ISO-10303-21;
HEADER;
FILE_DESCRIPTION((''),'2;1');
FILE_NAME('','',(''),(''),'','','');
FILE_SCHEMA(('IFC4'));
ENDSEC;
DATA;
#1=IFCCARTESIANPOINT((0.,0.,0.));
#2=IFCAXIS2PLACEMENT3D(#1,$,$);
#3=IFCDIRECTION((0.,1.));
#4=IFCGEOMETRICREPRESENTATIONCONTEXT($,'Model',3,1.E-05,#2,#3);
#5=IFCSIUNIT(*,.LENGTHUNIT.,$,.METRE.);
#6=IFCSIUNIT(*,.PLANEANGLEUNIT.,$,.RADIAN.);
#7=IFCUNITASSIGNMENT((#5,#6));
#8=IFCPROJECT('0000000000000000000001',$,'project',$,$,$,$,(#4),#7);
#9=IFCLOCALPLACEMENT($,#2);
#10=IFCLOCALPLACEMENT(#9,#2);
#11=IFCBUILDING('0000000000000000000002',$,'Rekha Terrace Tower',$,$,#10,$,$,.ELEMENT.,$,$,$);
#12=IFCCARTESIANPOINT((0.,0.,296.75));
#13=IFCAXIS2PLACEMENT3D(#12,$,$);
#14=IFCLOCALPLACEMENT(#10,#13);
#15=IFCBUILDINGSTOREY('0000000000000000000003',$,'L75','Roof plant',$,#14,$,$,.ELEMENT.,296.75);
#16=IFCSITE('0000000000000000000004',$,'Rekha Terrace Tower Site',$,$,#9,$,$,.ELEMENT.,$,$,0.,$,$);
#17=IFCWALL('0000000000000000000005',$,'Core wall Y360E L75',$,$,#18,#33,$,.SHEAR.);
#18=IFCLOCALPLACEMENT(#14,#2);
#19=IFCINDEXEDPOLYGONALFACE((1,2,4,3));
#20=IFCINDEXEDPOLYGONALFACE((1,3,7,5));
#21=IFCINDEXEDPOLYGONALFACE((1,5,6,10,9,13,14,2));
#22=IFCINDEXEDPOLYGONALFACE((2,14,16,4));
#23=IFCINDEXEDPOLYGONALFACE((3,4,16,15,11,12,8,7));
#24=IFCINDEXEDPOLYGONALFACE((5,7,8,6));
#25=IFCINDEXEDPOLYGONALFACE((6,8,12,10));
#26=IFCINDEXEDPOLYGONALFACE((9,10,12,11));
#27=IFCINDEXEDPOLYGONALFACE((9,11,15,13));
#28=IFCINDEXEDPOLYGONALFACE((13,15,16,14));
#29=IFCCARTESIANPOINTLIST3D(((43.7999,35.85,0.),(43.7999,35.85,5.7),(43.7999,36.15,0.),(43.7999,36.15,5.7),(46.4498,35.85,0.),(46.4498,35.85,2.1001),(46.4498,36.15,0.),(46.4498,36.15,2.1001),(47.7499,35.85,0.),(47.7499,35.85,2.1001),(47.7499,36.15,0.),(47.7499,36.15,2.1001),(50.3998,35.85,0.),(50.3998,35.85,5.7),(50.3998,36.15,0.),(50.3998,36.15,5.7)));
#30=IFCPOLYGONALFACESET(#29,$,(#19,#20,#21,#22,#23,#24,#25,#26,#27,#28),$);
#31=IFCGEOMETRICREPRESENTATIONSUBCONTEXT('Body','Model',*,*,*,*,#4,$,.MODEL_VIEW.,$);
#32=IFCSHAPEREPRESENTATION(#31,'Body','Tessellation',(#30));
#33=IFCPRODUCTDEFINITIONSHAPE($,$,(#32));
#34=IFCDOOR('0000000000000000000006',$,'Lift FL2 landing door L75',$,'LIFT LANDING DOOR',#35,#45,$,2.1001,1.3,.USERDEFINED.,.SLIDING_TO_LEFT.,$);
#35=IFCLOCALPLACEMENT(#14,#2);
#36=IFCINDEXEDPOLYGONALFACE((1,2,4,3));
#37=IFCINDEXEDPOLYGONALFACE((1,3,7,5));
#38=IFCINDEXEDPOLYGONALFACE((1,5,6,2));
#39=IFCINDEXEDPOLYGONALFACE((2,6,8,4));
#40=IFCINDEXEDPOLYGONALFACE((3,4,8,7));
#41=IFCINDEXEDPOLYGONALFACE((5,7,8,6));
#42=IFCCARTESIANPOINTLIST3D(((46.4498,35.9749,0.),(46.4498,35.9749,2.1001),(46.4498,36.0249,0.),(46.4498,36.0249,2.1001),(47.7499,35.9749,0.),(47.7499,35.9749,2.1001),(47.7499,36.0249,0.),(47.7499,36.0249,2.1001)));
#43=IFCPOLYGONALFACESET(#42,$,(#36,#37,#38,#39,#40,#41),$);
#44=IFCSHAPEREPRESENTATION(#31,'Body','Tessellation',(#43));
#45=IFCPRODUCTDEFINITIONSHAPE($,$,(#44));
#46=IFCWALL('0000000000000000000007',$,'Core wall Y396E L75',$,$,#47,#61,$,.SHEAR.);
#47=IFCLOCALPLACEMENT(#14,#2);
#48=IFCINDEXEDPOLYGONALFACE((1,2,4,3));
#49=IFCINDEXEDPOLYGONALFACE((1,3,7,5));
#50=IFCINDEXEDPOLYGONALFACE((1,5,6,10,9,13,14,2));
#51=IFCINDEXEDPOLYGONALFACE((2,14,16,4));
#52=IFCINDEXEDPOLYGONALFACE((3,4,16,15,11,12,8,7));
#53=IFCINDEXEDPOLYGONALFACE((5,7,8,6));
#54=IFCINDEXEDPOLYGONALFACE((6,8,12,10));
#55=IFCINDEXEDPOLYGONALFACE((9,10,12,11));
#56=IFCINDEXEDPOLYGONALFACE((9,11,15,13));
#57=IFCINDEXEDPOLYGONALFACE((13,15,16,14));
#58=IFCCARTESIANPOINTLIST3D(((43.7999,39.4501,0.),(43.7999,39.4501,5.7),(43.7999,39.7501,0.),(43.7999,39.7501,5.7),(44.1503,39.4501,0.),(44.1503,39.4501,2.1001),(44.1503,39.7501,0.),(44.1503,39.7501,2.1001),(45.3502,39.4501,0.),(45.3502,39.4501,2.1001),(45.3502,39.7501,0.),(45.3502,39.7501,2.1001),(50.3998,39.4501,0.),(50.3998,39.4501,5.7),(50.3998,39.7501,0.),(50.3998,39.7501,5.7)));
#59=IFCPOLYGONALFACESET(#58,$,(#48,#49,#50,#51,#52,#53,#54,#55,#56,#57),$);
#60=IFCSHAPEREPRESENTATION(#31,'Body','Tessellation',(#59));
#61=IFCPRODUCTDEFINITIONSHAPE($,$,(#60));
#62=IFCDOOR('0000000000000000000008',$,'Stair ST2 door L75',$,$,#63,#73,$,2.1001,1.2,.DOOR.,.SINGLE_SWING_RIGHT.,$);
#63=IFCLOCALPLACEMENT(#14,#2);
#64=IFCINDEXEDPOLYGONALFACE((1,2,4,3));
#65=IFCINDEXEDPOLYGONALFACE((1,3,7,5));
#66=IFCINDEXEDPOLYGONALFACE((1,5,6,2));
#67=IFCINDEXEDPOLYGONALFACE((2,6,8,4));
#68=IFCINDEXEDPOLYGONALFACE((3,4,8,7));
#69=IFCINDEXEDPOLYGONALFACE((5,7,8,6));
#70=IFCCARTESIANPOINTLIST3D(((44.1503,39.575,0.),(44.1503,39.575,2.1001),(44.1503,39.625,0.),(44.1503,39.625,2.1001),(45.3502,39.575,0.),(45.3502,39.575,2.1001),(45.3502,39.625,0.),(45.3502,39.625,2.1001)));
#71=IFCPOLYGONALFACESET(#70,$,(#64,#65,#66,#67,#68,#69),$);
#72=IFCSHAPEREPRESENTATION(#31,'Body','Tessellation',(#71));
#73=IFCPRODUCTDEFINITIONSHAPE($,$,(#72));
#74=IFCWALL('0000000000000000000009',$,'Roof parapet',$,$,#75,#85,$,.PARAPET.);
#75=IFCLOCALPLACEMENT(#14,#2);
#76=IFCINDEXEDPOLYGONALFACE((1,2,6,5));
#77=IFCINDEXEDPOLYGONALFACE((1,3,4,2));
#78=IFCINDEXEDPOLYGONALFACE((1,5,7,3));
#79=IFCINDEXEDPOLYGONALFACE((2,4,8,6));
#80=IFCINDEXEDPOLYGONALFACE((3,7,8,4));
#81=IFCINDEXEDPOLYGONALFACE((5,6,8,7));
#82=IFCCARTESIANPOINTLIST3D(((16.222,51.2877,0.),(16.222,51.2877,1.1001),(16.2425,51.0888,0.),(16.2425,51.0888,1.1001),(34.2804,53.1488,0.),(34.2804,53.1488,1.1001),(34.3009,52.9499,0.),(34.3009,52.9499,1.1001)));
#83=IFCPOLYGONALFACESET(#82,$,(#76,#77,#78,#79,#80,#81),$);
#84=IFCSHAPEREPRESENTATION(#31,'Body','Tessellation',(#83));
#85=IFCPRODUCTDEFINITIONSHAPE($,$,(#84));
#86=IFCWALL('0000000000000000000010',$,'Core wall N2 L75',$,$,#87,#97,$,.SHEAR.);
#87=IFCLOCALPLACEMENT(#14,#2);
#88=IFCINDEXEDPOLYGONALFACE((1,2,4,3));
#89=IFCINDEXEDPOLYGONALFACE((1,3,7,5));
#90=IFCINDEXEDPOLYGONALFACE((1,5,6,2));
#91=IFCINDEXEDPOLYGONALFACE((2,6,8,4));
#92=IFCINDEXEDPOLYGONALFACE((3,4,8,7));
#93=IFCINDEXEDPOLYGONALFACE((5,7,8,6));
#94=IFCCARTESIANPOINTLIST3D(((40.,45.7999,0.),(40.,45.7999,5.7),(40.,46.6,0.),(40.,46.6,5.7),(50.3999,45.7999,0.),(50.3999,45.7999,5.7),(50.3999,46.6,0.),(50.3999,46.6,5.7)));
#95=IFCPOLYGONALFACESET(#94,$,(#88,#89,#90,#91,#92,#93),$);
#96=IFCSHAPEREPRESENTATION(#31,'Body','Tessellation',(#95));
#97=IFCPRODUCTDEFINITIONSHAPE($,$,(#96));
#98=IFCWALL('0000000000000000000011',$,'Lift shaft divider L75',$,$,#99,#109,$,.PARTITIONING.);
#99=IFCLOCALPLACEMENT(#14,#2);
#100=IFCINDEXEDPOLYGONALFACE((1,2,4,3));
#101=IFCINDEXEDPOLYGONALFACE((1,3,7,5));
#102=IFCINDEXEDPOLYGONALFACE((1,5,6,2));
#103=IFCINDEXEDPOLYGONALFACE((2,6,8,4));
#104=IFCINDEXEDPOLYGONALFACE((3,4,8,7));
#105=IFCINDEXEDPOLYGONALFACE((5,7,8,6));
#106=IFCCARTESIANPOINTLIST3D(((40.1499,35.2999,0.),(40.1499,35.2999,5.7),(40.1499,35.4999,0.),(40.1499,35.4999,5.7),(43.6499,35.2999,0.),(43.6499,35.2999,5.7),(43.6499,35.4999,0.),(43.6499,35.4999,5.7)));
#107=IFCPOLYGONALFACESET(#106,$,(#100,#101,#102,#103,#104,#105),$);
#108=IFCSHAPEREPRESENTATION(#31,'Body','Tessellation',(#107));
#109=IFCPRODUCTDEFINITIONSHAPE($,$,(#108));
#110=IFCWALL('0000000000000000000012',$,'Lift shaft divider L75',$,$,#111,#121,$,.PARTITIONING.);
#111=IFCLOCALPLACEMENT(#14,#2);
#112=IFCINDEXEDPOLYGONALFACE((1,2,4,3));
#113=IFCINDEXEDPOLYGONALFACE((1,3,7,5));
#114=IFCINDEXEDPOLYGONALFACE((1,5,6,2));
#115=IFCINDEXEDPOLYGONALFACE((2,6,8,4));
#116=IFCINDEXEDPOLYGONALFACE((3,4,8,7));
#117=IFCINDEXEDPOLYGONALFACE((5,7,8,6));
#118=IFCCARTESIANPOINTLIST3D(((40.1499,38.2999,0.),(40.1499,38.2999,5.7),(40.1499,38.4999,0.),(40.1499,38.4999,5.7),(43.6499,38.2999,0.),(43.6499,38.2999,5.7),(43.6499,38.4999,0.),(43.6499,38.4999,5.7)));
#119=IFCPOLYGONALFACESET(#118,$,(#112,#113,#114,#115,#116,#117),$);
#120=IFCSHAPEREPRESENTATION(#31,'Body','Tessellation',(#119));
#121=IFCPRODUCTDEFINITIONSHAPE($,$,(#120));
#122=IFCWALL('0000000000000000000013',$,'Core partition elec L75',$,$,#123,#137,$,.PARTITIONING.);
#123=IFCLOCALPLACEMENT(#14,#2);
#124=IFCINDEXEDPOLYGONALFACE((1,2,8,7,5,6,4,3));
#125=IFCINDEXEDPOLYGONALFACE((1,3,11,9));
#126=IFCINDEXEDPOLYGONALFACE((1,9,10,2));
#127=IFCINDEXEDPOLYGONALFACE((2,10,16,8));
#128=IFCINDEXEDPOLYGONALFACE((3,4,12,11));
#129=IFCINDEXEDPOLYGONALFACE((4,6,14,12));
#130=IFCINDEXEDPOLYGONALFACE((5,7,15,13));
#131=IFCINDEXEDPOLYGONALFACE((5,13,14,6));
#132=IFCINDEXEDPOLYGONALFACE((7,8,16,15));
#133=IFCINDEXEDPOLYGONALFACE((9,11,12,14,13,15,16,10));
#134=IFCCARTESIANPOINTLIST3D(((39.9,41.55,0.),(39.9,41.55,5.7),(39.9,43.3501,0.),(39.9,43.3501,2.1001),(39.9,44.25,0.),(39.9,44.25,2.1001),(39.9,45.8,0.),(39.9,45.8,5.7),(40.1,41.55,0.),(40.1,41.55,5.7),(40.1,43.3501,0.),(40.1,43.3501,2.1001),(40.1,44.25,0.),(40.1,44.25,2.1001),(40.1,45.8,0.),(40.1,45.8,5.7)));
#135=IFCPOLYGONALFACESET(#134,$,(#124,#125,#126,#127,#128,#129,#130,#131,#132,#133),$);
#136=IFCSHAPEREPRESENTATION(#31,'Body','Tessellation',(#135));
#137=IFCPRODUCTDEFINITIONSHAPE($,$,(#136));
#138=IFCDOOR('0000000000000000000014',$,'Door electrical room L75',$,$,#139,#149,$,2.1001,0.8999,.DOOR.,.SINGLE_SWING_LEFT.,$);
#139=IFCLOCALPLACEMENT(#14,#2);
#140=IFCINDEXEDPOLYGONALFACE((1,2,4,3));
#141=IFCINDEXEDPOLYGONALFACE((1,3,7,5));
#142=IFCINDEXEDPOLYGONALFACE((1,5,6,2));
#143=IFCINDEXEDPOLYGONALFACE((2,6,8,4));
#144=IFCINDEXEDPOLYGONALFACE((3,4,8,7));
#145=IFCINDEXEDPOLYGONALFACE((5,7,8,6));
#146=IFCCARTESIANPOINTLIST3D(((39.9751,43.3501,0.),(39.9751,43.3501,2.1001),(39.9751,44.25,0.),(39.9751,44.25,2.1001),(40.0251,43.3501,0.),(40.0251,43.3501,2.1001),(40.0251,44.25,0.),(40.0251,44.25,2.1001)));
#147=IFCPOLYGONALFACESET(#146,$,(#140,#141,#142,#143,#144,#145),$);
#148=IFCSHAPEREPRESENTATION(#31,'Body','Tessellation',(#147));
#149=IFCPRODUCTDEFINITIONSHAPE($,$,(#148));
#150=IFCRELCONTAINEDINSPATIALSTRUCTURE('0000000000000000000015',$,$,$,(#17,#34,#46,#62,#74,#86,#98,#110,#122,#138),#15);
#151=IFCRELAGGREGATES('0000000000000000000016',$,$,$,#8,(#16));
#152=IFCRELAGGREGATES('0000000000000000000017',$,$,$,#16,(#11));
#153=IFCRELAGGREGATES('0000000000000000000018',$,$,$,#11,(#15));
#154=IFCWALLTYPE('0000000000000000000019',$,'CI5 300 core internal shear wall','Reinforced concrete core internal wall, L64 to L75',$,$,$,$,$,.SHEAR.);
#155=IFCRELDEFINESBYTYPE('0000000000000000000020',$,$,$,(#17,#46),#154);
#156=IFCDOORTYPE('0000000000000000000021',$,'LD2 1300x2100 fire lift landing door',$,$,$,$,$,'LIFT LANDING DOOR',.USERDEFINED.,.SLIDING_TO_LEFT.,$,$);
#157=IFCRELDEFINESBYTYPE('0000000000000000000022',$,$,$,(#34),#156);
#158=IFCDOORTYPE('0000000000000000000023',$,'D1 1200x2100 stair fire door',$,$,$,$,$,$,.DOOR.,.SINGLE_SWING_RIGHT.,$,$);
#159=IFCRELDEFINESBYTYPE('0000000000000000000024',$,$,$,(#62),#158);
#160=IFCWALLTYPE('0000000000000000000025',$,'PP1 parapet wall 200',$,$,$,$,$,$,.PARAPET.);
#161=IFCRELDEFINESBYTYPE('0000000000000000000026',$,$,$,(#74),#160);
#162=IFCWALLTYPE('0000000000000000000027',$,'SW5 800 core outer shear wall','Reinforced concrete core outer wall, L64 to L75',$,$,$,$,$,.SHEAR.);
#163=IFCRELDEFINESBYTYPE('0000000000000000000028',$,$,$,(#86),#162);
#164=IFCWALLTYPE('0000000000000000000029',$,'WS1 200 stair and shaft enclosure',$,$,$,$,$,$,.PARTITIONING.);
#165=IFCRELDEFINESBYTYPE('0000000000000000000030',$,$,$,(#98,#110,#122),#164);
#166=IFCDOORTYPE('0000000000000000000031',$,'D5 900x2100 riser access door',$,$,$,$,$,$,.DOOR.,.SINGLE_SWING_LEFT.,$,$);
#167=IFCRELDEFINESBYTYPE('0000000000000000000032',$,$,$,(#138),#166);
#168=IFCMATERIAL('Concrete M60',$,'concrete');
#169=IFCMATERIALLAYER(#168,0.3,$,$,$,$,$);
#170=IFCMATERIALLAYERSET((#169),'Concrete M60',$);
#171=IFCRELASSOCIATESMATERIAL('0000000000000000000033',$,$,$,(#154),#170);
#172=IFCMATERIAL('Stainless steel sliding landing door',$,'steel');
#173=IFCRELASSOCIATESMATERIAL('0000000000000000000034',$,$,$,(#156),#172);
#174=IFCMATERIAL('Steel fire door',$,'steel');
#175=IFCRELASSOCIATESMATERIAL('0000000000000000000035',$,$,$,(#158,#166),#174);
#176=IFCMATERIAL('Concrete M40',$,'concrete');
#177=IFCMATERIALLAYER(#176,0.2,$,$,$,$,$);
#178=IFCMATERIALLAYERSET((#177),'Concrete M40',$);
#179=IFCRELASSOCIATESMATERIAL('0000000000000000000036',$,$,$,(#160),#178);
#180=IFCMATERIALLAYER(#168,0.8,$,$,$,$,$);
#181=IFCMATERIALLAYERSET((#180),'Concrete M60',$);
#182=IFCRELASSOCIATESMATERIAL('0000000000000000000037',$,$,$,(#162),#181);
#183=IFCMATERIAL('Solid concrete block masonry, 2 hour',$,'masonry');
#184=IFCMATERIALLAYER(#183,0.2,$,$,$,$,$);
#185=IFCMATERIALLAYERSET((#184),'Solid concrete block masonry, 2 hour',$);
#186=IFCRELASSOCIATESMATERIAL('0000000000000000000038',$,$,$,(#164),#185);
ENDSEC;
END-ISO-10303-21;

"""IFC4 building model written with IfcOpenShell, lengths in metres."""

from ifc_helpers import new_model, si_unit, direction, frame, frame_2d, origin, place, context, subcontext, project, spatial, rectangle, extrude, material, layer, layer_set, type_object, element, fill, save


model = new_model("IFC4")

# Units and contexts
model_context = context("Model", 3, precision=1e-05, world=origin(), true_north=direction((0.0, 1.0)))
body_context = subcontext(model_context, "Body", "Model", "MODEL_VIEW")
ifc_project = project(units=[si_unit("LENGTHUNIT", "METRE"), si_unit("PLANEANGLEUNIT", "RADIAN")], contexts=[model_context])

# Site, building, storey
site_placement = place(None, origin())
site = spatial("IfcSite", under=ifc_project, at=site_placement, Name="Rekha Terrace Tower Site", CompositionType="ELEMENT", RefElevation=0.0)
building_placement = place(site_placement, origin())
building = spatial("IfcBuilding", under=site, at=building_placement, Name="Rekha Terrace Tower", CompositionType="ELEMENT")
storey_placement = place(building_placement, frame((0.0, 0.0, 296.75)))
storey = spatial("IfcBuildingStorey", under=building, at=storey_placement, Name="L75", Description="Roof plant", CompositionType="ELEMENT", Elevation=296.75)

# Shared definitions
ifc_material_1 = material(Name="Concrete M60", Category="concrete")

# Shared definitions
ifc_layer_1 = layer(ifc_material_1, 0.3)
ifc_layer_set_1 = layer_set([ifc_layer_1], Name="Concrete M60")
wall_type_1 = type_object("IfcWallType", Name="CI5 300 core internal shear wall", Description="Reinforced concrete core internal wall, L64 to L75", PredefinedType="SHEAR", material=ifc_layer_set_1)

# Walls, openings, doors
wall_1_placement = place(storey_placement, frame((43.8, 36.0, 0.0), z_axis=(0.0, 0.0, 1.0), x_axis=(1.0, 0.0, 0.0)))
wall_1 = element("IfcWall", 1, at=wall_1_placement, inside=storey, type_object=wall_type_1, Name="Core wall Y360E L75", PredefinedType="SHEAR", context=body_context, shape_type="SweptSolid", body=[
    extrude(rectangle(XDim=6.5999, YDim=0.3, at=frame_2d((3.2998, 0.0))), origin(), (0.0, 0.0, 1.0), 5.7),
])
opening_1_placement = place(wall_1_placement, frame((2.6499, 0.0, 0.0)))
opening_1 = element("IfcOpeningElement", 2, at=opening_1_placement, cuts=wall_1, PredefinedType="OPENING", context=body_context, shape_type="SweptSolid", body=[
    extrude(rectangle(XDim=1.3, YDim=2.1001, at=frame_2d((0.6499, 1.05))), frame((0.0, 0.1599, 0.0), z_axis=(0.0, -1.0, 0.0), x_axis=(1.0, 0.0, 0.0)), (0.0, 0.0, 1.0), 0.3201),
])
ifc_material_2 = material(Name="Stainless steel sliding landing door", Category="steel")
door_type_1 = type_object("IfcDoorType", Name="LD2 1300x2100 fire lift landing door", ElementType="LIFT LANDING DOOR", OperationType="SLIDING_TO_LEFT", PredefinedType="USERDEFINED", material=ifc_material_2)
door_1_placement = place(opening_1_placement, origin())
door_1 = element("IfcDoor", 3, at=door_1_placement, inside=storey, type_object=door_type_1, Name="Lift FL2 landing door L75", ObjectType="LIFT LANDING DOOR", OperationType="SLIDING_TO_LEFT", OverallHeight=2.1001, OverallWidth=1.3, PredefinedType="USERDEFINED", context=body_context, shape_type="SweptSolid", body=[
    extrude(rectangle(XDim=1.3, YDim=2.1001, at=frame_2d((0.6499, 1.05))), frame((0.0, 0.0249, 0.0), z_axis=(0.0, -1.0, 0.0), x_axis=(1.0, 0.0, 0.0)), (0.0, 0.0, 1.0), 0.05),
])
fill(opening_1, door_1)
wall_2_placement = place(storey_placement, frame((43.8, 39.6001, 0.0), z_axis=(0.0, 0.0, 1.0), x_axis=(1.0, 0.0, 0.0)))
wall_2 = element("IfcWall", 4, at=wall_2_placement, inside=storey, type_object=wall_type_1, Name="Core wall Y396E L75", PredefinedType="SHEAR", context=body_context, shape_type="SweptSolid", body=[
    extrude(rectangle(XDim=6.5999, YDim=0.3, at=frame_2d((3.2998, 0.0))), origin(), (0.0, 0.0, 1.0), 5.7),
])
opening_2_placement = place(wall_2_placement, frame((0.3501, 0.0, 0.0)))
opening_2 = element("IfcOpeningElement", 5, at=opening_2_placement, cuts=wall_2, PredefinedType="OPENING", context=body_context, shape_type="SweptSolid", body=[
    extrude(rectangle(XDim=1.2, YDim=2.1001, at=frame_2d((0.6001, 1.05))), frame((0.0, 0.1599, 0.0), z_axis=(0.0, -1.0, 0.0), x_axis=(1.0, 0.0, 0.0)), (0.0, 0.0, 1.0), 0.3201),
])
ifc_material_3 = material(Name="Steel fire door", Category="steel")
door_type_2 = type_object("IfcDoorType", Name="D1 1200x2100 stair fire door", OperationType="SINGLE_SWING_RIGHT", PredefinedType="DOOR", material=ifc_material_3)
door_2_placement = place(opening_2_placement, origin())
door_2 = element("IfcDoor", 6, at=door_2_placement, inside=storey, type_object=door_type_2, Name="Stair ST2 door L75", OperationType="SINGLE_SWING_RIGHT", OverallHeight=2.1001, OverallWidth=1.2, PredefinedType="DOOR", context=body_context, shape_type="SweptSolid", body=[
    extrude(rectangle(XDim=1.2, YDim=2.1001, at=frame_2d((0.6001, 1.05))), frame((0.0, 0.0249, 0.0), z_axis=(0.0, -1.0, 0.0), x_axis=(1.0, 0.0, 0.0)), (0.0, 0.0, 1.0), 0.05),
])
fill(opening_2, door_2)

# Walls
ifc_material_4 = material(Name="Concrete M40", Category="concrete")
ifc_layer_2 = layer(ifc_material_4, 0.2)
ifc_layer_set_2 = layer_set([ifc_layer_2], Name="Concrete M40")
wall_type_2 = type_object("IfcWallType", Name="PP1 parapet wall 200", PredefinedType="PARAPET", material=ifc_layer_set_2)
wall_3_placement = place(storey_placement, frame((34.2908, 53.0493, 0.0), z_axis=(0.0, 0.0, 1.0), x_axis=(-0.994731, -0.102516, 0.0)))
element("IfcWall", 7, at=wall_3_placement, inside=storey, type_object=wall_type_2, Name="Roof parapet", PredefinedType="PARAPET", context=body_context, shape_type="SweptSolid", body=[
    extrude(rectangle(XDim=18.1541, YDim=0.2, at=frame_2d((9.0771, 0.0))), origin(), (0.0, 0.0, 1.0), 1.1001),
])
ifc_layer_3 = layer(ifc_material_1, 0.8)
ifc_layer_set_3 = layer_set([ifc_layer_3], Name="Concrete M60")
wall_type_3 = type_object("IfcWallType", Name="SW5 800 core outer shear wall", Description="Reinforced concrete core outer wall, L64 to L75", PredefinedType="SHEAR", material=ifc_layer_set_3)
wall_4_placement = place(storey_placement, frame((40.0, 46.2, 0.0), z_axis=(0.0, 0.0, 1.0), x_axis=(1.0, 0.0, 0.0)))
element("IfcWall", 8, at=wall_4_placement, inside=storey, type_object=wall_type_3, Name="Core wall N2 L75", PredefinedType="SHEAR", context=body_context, shape_type="SweptSolid", body=[
    extrude(rectangle(XDim=10.3999, YDim=0.8, at=frame_2d((5.2, 0.0))), origin(), (0.0, 0.0, 1.0), 5.7),
])
ifc_material_5 = material(Name="Solid concrete block masonry, 2 hour", Category="masonry")
ifc_layer_4 = layer(ifc_material_5, 0.2)
ifc_layer_set_4 = layer_set([ifc_layer_4], Name="Solid concrete block masonry, 2 hour")
wall_type_4 = type_object("IfcWallType", Name="WS1 200 stair and shaft enclosure", PredefinedType="PARTITIONING", material=ifc_layer_set_4)
for number, where, z_axis, x_axis, name in (
    (9, (40.1499, 35.3999, 0.0), (0.0, 0.0, 1.0), (1.0, 0.0, 0.0), "Lift shaft divider L75"),
    (10, (40.1499, 38.3999, 0.0), (0.0, 0.0, 1.0), (1.0, 0.0, 0.0), "Lift shaft divider L75"),
):
    element("IfcWall", number, at=place(storey_placement, frame(where, z_axis=z_axis, x_axis=x_axis)), inside=storey, type_object=wall_type_4, Name=name, PredefinedType="PARTITIONING", context=body_context, shape_type="SweptSolid", body=[
        extrude(rectangle(XDim=3.5, YDim=0.2, at=frame_2d((1.75, 0.0))), origin(), (0.0, 0.0, 1.0), 5.7),
    ])

# Wall, opening, door
wall_5_placement = place(storey_placement, frame((40.0, 41.55, 0.0), z_axis=(0.0, 0.0, 1.0), x_axis=(0.0, 1.0, 0.0)))
wall_5 = element("IfcWall", 11, at=wall_5_placement, inside=storey, type_object=wall_type_4, Name="Core partition elec L75", PredefinedType="PARTITIONING", context=body_context, shape_type="SweptSolid", body=[
    extrude(rectangle(XDim=4.25, YDim=0.2, at=frame_2d((2.125, 0.0))), origin(), (0.0, 0.0, 1.0), 5.7),
])
opening_3_placement = place(wall_5_placement, frame((1.8, 0.0, 0.0)))
opening_3 = element("IfcOpeningElement", 12, at=opening_3_placement, cuts=wall_5, PredefinedType="OPENING", context=body_context, shape_type="SweptSolid", body=[
    extrude(rectangle(XDim=0.8999, YDim=2.1001, at=frame_2d((0.45, 1.05))), frame((0.0, 0.1099, 0.0), z_axis=(0.0, -1.0, 0.0), x_axis=(1.0, 0.0, 0.0)), (0.0, 0.0, 1.0), 0.22),
])
door_type_3 = type_object("IfcDoorType", Name="D5 900x2100 riser access door", OperationType="SINGLE_SWING_LEFT", PredefinedType="DOOR", material=ifc_material_3)
door_3_placement = place(opening_3_placement, origin())
door_3 = element("IfcDoor", 13, at=door_3_placement, inside=storey, type_object=door_type_3, Name="Door electrical room L75", OperationType="SINGLE_SWING_LEFT", OverallHeight=2.1001, OverallWidth=0.8999, PredefinedType="DOOR", context=body_context, shape_type="SweptSolid", body=[
    extrude(rectangle(XDim=0.8999, YDim=2.1001, at=frame_2d((0.45, 1.05))), frame((0.0, 0.0249, 0.0), z_axis=(0.0, -1.0, 0.0), x_axis=(1.0, 0.0, 0.0)), (0.0, 0.0, 1.0), 0.05),
])
fill(opening_3, door_3)

save(model, "model.ifc")
